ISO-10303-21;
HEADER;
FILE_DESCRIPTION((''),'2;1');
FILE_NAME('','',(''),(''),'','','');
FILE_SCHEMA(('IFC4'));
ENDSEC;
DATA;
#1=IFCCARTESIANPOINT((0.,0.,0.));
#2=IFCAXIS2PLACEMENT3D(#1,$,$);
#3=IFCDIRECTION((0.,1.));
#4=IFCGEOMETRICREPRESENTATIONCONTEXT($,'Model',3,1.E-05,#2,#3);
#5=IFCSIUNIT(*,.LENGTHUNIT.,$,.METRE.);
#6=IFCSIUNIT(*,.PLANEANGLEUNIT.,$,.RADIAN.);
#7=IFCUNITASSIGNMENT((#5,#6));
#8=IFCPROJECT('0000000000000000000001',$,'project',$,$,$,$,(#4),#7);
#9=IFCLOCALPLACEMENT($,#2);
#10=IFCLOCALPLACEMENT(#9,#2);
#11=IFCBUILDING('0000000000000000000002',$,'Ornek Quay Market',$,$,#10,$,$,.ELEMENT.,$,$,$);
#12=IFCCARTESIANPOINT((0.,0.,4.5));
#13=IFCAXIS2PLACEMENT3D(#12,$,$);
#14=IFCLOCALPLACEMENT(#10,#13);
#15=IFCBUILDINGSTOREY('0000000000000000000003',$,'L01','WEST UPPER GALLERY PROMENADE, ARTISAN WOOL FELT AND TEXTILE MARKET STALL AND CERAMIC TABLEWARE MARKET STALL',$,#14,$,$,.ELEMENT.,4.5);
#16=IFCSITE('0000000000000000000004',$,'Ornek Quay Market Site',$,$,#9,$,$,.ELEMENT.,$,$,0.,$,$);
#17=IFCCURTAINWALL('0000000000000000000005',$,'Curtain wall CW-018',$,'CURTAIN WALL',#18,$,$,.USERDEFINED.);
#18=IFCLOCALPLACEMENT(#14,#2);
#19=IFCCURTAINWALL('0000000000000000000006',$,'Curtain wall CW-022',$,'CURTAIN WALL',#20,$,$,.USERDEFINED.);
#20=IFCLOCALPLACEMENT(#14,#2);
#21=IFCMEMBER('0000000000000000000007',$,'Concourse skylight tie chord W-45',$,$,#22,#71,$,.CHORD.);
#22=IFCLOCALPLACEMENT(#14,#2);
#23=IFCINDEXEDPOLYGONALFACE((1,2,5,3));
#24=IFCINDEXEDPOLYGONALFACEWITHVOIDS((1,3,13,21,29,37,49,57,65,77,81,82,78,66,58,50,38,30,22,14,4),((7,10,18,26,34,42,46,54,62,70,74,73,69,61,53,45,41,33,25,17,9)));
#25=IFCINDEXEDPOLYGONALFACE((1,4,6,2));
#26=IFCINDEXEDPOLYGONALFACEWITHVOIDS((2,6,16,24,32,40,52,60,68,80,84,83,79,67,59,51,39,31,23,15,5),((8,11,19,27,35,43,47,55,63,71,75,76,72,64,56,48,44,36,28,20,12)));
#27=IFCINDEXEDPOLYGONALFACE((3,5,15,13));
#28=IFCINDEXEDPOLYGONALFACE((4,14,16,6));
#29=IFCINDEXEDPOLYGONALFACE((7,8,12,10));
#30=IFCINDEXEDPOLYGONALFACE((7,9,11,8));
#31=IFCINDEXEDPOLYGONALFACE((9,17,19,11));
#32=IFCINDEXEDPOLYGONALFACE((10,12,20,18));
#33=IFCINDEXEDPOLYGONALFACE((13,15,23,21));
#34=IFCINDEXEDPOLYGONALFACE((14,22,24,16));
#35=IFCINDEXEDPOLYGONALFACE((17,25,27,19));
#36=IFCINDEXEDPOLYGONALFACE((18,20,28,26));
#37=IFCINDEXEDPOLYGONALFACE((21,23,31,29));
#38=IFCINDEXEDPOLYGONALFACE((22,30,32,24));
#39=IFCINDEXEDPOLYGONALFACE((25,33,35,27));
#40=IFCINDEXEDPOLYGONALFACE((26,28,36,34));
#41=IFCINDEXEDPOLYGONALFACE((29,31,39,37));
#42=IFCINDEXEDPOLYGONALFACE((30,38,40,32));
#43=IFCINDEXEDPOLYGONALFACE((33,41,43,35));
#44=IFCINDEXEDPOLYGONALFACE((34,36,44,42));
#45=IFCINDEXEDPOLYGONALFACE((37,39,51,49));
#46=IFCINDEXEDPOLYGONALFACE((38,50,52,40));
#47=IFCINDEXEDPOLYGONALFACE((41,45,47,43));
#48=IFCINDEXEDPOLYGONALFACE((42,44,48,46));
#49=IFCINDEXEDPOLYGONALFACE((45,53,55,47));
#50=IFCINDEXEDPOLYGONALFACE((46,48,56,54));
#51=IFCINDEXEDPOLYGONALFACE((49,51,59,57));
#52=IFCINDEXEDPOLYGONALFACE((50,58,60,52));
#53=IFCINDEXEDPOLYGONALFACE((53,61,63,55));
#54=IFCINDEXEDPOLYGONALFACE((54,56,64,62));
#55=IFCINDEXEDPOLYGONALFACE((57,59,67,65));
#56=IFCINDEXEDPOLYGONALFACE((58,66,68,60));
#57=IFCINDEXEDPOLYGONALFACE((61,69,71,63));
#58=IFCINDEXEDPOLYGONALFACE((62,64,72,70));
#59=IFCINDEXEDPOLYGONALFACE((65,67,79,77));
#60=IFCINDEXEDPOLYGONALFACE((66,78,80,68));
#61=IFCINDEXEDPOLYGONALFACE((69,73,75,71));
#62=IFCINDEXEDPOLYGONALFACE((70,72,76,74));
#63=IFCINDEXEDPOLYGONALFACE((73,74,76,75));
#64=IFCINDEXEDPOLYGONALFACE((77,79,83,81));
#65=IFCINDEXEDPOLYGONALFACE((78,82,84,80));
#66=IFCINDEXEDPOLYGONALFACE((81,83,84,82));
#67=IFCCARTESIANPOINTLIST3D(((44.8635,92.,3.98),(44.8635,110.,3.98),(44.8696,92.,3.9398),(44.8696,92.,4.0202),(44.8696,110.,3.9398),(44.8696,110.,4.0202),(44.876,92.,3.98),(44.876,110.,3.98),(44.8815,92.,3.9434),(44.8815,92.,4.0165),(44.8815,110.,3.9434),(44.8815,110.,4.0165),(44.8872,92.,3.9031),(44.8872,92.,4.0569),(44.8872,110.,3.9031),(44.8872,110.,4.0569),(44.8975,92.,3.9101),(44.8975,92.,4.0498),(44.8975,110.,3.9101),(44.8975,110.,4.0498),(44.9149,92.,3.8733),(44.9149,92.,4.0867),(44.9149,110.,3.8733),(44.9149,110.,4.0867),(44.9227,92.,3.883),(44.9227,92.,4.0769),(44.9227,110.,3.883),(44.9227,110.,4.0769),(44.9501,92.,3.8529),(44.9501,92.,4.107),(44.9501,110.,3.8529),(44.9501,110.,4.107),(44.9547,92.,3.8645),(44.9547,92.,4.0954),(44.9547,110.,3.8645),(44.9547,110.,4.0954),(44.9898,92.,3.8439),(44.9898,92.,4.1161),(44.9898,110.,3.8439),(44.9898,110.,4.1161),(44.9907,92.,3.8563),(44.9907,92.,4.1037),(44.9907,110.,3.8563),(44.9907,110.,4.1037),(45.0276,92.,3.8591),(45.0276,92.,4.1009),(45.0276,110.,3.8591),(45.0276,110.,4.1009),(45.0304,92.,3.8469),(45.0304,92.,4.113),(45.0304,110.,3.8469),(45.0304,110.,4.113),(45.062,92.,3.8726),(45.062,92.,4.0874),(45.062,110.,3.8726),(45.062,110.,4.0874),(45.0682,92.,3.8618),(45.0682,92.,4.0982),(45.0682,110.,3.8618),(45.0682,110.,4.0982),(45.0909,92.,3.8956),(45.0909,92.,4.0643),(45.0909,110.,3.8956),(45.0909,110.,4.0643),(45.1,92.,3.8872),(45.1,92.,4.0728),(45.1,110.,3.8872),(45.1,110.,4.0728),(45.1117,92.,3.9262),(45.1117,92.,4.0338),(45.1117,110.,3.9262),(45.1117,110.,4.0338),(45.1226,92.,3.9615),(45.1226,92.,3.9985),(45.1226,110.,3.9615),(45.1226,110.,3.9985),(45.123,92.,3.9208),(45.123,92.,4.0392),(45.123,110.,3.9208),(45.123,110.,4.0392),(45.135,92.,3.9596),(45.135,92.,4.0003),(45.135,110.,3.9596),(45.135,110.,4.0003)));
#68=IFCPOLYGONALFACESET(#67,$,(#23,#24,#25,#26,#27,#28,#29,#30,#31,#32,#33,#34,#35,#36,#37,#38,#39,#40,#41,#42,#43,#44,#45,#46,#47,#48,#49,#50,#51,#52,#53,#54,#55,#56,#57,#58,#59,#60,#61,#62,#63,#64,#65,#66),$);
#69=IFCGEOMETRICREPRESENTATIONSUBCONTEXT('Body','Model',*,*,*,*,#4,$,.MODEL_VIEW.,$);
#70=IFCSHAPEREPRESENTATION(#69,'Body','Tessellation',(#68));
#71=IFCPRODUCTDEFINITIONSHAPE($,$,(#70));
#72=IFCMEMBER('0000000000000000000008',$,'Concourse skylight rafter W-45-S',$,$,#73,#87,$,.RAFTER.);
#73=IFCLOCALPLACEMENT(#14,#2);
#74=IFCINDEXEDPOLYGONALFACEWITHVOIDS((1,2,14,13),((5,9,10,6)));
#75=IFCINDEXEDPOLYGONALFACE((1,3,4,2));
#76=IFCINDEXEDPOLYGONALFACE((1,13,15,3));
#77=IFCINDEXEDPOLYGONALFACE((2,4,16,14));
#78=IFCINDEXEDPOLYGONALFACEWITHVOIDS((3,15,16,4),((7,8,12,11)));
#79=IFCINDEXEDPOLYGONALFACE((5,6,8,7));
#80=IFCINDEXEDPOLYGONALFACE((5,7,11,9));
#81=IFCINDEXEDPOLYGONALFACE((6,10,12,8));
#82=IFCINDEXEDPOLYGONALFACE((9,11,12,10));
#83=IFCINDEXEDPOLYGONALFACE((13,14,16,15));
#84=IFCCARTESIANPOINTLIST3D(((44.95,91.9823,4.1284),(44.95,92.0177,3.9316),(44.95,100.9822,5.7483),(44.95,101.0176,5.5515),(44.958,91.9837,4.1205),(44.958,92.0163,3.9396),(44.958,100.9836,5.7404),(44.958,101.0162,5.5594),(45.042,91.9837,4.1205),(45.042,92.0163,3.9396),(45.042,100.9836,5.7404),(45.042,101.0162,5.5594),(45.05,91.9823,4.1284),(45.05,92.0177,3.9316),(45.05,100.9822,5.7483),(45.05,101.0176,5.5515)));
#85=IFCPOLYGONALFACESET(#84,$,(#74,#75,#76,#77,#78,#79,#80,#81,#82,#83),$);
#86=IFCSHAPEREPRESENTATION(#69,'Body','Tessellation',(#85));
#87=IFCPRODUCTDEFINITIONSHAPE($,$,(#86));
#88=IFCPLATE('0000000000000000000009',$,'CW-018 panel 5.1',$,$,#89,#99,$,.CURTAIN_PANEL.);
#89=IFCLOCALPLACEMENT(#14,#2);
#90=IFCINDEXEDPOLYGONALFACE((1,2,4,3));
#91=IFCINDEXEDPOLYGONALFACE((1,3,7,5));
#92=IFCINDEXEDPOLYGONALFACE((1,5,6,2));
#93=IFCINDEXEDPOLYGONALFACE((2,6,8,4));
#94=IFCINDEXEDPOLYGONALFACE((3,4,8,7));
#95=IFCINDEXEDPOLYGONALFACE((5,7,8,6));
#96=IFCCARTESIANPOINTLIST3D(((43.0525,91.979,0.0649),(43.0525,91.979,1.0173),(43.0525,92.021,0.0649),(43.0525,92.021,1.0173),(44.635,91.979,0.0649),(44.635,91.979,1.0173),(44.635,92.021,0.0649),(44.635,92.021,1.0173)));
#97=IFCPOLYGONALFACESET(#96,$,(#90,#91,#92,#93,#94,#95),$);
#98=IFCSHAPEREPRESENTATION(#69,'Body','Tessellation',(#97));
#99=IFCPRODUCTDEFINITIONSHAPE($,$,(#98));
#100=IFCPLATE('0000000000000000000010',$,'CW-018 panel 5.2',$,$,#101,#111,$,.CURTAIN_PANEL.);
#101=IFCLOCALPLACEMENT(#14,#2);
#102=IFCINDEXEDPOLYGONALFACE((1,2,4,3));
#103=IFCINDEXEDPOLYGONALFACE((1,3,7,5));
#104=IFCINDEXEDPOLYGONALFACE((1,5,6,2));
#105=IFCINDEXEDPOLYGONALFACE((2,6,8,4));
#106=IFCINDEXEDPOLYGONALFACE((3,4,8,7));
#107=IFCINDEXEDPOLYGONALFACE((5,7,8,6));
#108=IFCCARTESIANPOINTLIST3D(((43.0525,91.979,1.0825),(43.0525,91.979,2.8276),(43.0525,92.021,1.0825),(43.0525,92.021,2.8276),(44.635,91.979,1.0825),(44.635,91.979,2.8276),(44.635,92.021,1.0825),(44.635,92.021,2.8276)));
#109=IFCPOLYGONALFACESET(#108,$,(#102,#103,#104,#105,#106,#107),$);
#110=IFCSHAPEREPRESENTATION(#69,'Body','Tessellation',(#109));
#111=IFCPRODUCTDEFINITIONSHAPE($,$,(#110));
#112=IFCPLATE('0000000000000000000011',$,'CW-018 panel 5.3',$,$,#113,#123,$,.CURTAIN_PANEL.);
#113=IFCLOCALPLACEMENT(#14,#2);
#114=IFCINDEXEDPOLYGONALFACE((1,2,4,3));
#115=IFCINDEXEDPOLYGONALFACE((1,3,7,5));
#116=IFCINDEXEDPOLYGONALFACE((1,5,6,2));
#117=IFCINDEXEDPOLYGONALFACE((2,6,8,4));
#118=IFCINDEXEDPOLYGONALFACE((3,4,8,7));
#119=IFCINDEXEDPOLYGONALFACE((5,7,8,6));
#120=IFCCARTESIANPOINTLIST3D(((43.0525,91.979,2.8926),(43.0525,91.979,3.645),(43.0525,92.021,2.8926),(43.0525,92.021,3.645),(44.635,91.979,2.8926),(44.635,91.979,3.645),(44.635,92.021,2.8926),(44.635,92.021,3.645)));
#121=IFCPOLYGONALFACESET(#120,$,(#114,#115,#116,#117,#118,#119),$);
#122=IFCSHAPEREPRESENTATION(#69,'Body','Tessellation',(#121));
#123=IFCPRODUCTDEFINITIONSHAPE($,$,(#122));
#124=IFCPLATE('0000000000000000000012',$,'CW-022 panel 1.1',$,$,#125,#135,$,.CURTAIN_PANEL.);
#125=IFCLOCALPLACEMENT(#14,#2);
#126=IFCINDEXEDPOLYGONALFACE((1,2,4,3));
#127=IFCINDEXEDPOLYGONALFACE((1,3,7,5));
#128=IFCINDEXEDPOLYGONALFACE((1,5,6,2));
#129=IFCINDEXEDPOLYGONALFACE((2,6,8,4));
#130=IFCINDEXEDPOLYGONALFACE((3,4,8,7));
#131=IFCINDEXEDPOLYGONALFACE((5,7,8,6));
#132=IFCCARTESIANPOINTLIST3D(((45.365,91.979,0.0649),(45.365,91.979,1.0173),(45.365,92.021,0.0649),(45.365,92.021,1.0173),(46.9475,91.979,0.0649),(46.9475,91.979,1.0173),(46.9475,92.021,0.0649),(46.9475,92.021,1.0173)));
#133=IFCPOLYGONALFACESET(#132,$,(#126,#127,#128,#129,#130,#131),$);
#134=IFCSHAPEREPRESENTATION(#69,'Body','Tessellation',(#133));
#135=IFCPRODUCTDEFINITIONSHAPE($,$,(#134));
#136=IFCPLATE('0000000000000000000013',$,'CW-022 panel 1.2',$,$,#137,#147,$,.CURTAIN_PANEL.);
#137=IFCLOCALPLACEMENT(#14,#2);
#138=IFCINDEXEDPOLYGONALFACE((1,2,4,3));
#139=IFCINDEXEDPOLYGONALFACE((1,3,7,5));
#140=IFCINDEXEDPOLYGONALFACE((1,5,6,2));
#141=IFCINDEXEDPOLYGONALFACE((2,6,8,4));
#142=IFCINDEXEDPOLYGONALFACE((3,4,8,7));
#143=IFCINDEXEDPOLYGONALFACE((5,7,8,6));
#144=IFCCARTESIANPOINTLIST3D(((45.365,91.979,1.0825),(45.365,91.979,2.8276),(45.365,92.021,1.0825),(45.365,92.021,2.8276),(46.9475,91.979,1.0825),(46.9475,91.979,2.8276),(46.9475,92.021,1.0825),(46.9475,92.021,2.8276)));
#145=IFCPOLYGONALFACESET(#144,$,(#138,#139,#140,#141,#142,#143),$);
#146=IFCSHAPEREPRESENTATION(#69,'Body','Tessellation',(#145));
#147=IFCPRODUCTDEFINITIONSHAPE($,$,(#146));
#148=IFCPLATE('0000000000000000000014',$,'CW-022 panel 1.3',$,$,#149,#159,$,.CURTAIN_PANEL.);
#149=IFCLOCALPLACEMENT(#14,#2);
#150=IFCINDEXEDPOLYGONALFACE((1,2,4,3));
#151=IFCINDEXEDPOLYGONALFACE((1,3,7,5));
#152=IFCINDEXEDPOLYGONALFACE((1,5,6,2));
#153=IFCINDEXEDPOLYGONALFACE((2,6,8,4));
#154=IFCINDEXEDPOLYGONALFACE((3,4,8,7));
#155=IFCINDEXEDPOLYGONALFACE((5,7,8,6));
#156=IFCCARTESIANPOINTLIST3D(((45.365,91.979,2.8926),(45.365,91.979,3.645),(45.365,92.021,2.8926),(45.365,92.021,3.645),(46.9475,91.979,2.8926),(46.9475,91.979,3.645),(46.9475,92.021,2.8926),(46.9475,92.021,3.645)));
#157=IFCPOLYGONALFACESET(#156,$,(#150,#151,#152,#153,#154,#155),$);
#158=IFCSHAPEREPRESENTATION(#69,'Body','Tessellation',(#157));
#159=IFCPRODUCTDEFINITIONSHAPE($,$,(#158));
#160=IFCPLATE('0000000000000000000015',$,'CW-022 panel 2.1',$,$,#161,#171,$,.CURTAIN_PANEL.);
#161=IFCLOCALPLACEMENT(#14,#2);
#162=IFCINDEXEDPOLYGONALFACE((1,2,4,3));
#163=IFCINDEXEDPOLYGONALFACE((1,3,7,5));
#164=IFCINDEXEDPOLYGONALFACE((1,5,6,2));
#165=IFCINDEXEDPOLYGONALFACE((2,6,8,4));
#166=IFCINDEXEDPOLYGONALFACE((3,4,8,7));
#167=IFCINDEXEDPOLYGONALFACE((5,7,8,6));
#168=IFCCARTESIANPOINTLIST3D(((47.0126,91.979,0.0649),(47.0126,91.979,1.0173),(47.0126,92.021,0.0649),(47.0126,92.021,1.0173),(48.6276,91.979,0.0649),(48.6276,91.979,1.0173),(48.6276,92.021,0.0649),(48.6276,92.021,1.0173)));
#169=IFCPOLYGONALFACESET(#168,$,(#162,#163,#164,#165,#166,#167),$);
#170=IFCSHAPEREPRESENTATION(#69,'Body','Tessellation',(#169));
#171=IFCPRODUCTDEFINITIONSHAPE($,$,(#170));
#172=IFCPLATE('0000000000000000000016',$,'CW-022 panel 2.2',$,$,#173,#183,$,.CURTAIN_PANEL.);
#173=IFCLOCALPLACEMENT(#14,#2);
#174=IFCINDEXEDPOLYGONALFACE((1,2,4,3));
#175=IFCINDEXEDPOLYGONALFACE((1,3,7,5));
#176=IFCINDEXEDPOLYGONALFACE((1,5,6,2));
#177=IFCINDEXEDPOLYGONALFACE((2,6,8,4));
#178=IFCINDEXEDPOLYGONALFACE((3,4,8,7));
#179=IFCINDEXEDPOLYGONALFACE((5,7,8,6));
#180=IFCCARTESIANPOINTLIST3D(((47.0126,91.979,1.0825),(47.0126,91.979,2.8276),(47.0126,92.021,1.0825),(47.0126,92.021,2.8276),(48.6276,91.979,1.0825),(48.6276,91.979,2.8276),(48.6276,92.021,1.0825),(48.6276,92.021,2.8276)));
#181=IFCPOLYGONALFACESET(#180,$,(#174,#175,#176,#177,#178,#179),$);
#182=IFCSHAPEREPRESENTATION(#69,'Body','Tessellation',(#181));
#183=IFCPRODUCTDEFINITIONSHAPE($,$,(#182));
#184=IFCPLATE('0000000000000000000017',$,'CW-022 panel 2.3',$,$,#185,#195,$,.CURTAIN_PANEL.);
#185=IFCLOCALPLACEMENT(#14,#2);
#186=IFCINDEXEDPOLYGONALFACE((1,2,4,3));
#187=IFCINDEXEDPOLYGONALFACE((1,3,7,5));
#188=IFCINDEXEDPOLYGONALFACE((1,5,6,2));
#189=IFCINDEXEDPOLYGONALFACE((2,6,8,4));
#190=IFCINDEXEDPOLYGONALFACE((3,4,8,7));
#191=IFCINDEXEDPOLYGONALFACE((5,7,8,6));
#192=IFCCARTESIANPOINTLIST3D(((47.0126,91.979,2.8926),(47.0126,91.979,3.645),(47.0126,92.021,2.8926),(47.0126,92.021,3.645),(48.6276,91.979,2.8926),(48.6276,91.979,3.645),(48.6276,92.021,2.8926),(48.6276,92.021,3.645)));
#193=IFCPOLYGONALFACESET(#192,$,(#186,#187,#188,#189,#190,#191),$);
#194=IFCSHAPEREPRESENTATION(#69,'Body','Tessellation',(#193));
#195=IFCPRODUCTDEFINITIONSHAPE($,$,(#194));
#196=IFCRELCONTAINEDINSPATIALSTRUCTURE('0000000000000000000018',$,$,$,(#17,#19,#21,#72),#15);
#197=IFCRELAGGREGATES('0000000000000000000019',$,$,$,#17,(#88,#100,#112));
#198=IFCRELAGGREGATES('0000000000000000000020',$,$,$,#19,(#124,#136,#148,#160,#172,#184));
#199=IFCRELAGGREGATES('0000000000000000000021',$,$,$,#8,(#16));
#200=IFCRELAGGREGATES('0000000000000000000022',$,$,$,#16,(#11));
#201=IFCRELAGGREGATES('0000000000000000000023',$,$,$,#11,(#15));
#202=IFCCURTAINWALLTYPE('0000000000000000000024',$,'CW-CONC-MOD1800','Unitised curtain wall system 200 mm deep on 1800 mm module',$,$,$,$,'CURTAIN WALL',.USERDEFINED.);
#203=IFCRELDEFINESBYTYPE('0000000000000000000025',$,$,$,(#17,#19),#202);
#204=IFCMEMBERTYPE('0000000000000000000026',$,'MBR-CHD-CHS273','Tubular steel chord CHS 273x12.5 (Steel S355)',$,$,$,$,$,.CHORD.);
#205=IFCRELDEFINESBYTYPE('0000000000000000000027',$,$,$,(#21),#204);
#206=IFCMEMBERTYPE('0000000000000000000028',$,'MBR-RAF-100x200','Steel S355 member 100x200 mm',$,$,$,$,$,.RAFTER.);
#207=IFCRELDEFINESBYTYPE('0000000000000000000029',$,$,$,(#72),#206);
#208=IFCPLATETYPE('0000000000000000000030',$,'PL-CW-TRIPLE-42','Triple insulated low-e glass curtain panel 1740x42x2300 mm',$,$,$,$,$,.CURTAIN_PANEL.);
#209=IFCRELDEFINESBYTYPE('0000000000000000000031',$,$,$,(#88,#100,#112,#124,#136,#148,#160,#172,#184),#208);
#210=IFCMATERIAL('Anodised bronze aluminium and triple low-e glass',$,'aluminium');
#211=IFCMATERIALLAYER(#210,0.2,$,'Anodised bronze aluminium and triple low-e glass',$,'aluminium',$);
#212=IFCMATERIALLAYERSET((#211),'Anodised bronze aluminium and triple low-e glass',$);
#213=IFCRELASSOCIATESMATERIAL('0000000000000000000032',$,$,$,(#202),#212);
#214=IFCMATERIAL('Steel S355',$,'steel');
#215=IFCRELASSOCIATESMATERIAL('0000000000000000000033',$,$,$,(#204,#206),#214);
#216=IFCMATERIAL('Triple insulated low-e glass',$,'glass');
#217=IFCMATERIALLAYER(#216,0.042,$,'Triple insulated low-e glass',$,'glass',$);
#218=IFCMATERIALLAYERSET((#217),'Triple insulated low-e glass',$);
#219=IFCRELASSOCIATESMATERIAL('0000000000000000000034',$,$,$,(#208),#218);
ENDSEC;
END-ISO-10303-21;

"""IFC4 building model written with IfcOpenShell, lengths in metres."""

from ifc_helpers import new_model, si_unit, direction, frame, origin, origin_2d, place, context, subcontext, project, spatial, rectangle, hollow_rectangle, hollow_circle, extrude, material, layer, layer_set, material_profile, profile_set, type_object, element, aggregate, save


model = new_model("IFC4")

# Units and contexts
model_context = context("Model", 3, precision=1e-05, world=origin(), true_north=direction((0.0, 1.0)))
body_context = subcontext(model_context, "Body", "Model", "MODEL_VIEW")
ifc_project = project(units=[si_unit("LENGTHUNIT", "METRE"), si_unit("PLANEANGLEUNIT", "RADIAN")], contexts=[model_context])

# Site, building, storey
site_placement = place(None, origin())
site = spatial("IfcSite", under=ifc_project, at=site_placement, Name="Ornek Quay Market Site", CompositionType="ELEMENT", RefElevation=0.0)
building_placement = place(site_placement, origin())
building = spatial("IfcBuilding", under=site, at=building_placement, Name="Ornek Quay Market", CompositionType="ELEMENT")
storey_placement = place(building_placement, frame((0.0, 0.0, 4.5)))
storey = spatial("IfcBuildingStorey", under=building, at=storey_placement, Name="L01", Description="WEST UPPER GALLERY PROMENADE, ARTISAN WOOL FELT AND TEXTILE MARKET STALL AND CERAMIC TABLEWARE MARKET STALL", CompositionType="ELEMENT", Elevation=4.5)

# Curtain walls
ifc_material_1 = material(Name="Anodised bronze aluminium and triple low-e glass", Category="aluminium")
ifc_layer_1 = layer(ifc_material_1, 0.2, Name="Anodised bronze aluminium and triple low-e glass", Category="aluminium")
ifc_layer_set_1 = layer_set([ifc_layer_1], Name="Anodised bronze aluminium and triple low-e glass")
curtain_wall_type = type_object("IfcCurtainWallType", Name="CW-CONC-MOD1800", Description="Unitised curtain wall system 200 mm deep on 1800 mm module", ElementType="CURTAIN WALL", PredefinedType="USERDEFINED", material=ifc_layer_set_1)
curtain_wall_1_placement = place(storey_placement, origin())
curtain_wall_1 = element("IfcCurtainWall", 1, at=curtain_wall_1_placement, inside=storey, type_object=curtain_wall_type, Name="Curtain wall CW-018", ObjectType="CURTAIN WALL", PredefinedType="USERDEFINED")
curtain_wall_2_placement = place(storey_placement, origin())
curtain_wall_2 = element("IfcCurtainWall", 2, at=curtain_wall_2_placement, inside=storey, type_object=curtain_wall_type, Name="Curtain wall CW-022", ObjectType="CURTAIN WALL", PredefinedType="USERDEFINED")

# Members
ifc_material_2 = material(Name="Steel S355", Category="steel")
ifc_material_profile_1 = material_profile(ifc_material_2, hollow_circle(Radius=0.1365, WallThickness=0.0125, at=origin_2d()), Name="CHS 273x12.5", Category="steel")
ifc_profile_set_1 = profile_set([ifc_material_profile_1], Name="Steel S355")
member_type_1 = type_object("IfcMemberType", Name="MBR-CHD-CHS273", Description="Tubular steel chord CHS 273x12.5 (Steel S355)", PredefinedType="CHORD", material=ifc_profile_set_1)
member_1_placement = place(storey_placement, frame((45.0, 92.0, 3.98), z_axis=(0.0, 1.0, 0.0), x_axis=(-1.0, 0.0, 0.0)))
element("IfcMember", 3, at=member_1_placement, inside=storey, type_object=member_type_1, Name="Concourse skylight tie chord W-45", PredefinedType="CHORD", context=body_context, shape_type="SweptSolid", body=[
    extrude(hollow_circle(Radius=0.1365, WallThickness=0.0125, at=origin_2d()), origin(), (0.0, 0.0, 1.0), 18.0),
])
ifc_material_profile_2 = material_profile(ifc_material_2, hollow_rectangle(XDim=0.1001, YDim=0.2, WallThickness=0.0081, at=origin_2d()), Name="MBR-RAF-100x200", Category="steel")
ifc_profile_set_2 = profile_set([ifc_material_profile_2], Name="Steel S355")
member_type_2 = type_object("IfcMemberType", Name="MBR-RAF-100x200", Description="Steel S355 member 100x200 mm", PredefinedType="RAFTER", material=ifc_profile_set_2)
member_2_placement = place(storey_placement, frame((45.0, 92.0, 4.03), z_axis=(0.0, 0.984186, 0.17714), x_axis=(-1.0, 0.0, 0.0)))
element("IfcMember", 4, at=member_2_placement, inside=storey, type_object=member_type_2, Name="Concourse skylight rafter W-45-S", PredefinedType="RAFTER", context=body_context, shape_type="SweptSolid", body=[
    extrude(hollow_rectangle(XDim=0.1001, YDim=0.2, WallThickness=0.0081, at=origin_2d()), origin(), (0.0, 0.0, 1.0), 9.1445),
])

# Plates
ifc_material_3 = material(Name="Triple insulated low-e glass", Category="glass")
ifc_layer_2 = layer(ifc_material_3, 0.042, Name="Triple insulated low-e glass", Category="glass")
ifc_layer_set_2 = layer_set([ifc_layer_2], Name="Triple insulated low-e glass")
plate_type_1 = type_object("IfcPlateType", Name="PL-CW-TRIPLE-42", Description="Triple insulated low-e glass curtain panel 1740x42x2300 mm", PredefinedType="CURTAIN_PANEL", material=ifc_layer_set_2)
plate_1_placement = place(storey_placement, frame((43.8438, 92.0, 0.0649), z_axis=(0.0, 0.0, 1.0), x_axis=(1.0, 0.0, 0.0)))
plate_1 = element("IfcPlate", 5, at=plate_1_placement, type_object=plate_type_1, Name="CW-018 panel 5.1", PredefinedType="CURTAIN_PANEL", context=body_context, shape_type="SweptSolid", body=[
    extrude(rectangle(XDim=1.5825, YDim=0.042, at=origin_2d()), origin(), (0.0, 0.0, 1.0), 0.9524),
])
plate_2_placement = place(storey_placement, frame((43.8438, 92.0, 1.0825), z_axis=(0.0, 0.0, 1.0), x_axis=(1.0, 0.0, 0.0)))
plate_2 = element("IfcPlate", 6, at=plate_2_placement, type_object=plate_type_1, Name="CW-018 panel 5.2", PredefinedType="CURTAIN_PANEL", context=body_context, shape_type="SweptSolid", body=[
    extrude(rectangle(XDim=1.5825, YDim=0.042, at=origin_2d()), origin(), (0.0, 0.0, 1.0), 1.7451),
])
plate_3_placement = place(storey_placement, frame((43.8438, 92.0, 2.8926), z_axis=(0.0, 0.0, 1.0), x_axis=(1.0, 0.0, 0.0)))
plate_3 = element("IfcPlate", 7, at=plate_3_placement, type_object=plate_type_1, Name="CW-018 panel 5.3", PredefinedType="CURTAIN_PANEL", context=body_context, shape_type="SweptSolid", body=[
    extrude(rectangle(XDim=1.5825, YDim=0.042, at=origin_2d()), origin(), (0.0, 0.0, 1.0), 0.7524),
])
aggregate(curtain_wall_1, [plate_1, plate_2, plate_3])
plate_4_placement = place(storey_placement, frame((46.1562, 92.0, 0.0649), z_axis=(0.0, 0.0, 1.0), x_axis=(1.0, 0.0, 0.0)))
plate_4 = element("IfcPlate", 8, at=plate_4_placement, type_object=plate_type_1, Name="CW-022 panel 1.1", PredefinedType="CURTAIN_PANEL", context=body_context, shape_type="SweptSolid", body=[
    extrude(rectangle(XDim=1.5825, YDim=0.042, at=origin_2d()), origin(), (0.0, 0.0, 1.0), 0.9524),
])
plate_5_placement = place(storey_placement, frame((46.1562, 92.0, 1.0825), z_axis=(0.0, 0.0, 1.0), x_axis=(1.0, 0.0, 0.0)))
plate_5 = element("IfcPlate", 9, at=plate_5_placement, type_object=plate_type_1, Name="CW-022 panel 1.2", PredefinedType="CURTAIN_PANEL", context=body_context, shape_type="SweptSolid", body=[
    extrude(rectangle(XDim=1.5825, YDim=0.042, at=origin_2d()), origin(), (0.0, 0.0, 1.0), 1.7451),
])
plate_6_placement = place(storey_placement, frame((46.1562, 92.0, 2.8926), z_axis=(0.0, 0.0, 1.0), x_axis=(1.0, 0.0, 0.0)))
plate_6 = element("IfcPlate", 10, at=plate_6_placement, type_object=plate_type_1, Name="CW-022 panel 1.3", PredefinedType="CURTAIN_PANEL", context=body_context, shape_type="SweptSolid", body=[
    extrude(rectangle(XDim=1.5825, YDim=0.042, at=origin_2d()), origin(), (0.0, 0.0, 1.0), 0.7524),
])
plate_7_placement = place(storey_placement, frame((47.8201, 92.0, 0.0649), z_axis=(0.0, 0.0, 1.0), x_axis=(1.0, 0.0, 0.0)))
plate_7 = element("IfcPlate", 11, at=plate_7_placement, type_object=plate_type_1, Name="CW-022 panel 2.1", PredefinedType="CURTAIN_PANEL", context=body_context, shape_type="SweptSolid", body=[
    extrude(rectangle(XDim=1.615, YDim=0.042, at=origin_2d()), origin(), (0.0, 0.0, 1.0), 0.9524),
])
plate_8_placement = place(storey_placement, frame((47.8201, 92.0, 1.0825), z_axis=(0.0, 0.0, 1.0), x_axis=(1.0, 0.0, 0.0)))
plate_8 = element("IfcPlate", 12, at=plate_8_placement, type_object=plate_type_1, Name="CW-022 panel 2.2", PredefinedType="CURTAIN_PANEL", context=body_context, shape_type="SweptSolid", body=[
    extrude(rectangle(XDim=1.615, YDim=0.042, at=origin_2d()), origin(), (0.0, 0.0, 1.0), 1.7451),
])
plate_9_placement = place(storey_placement, frame((47.8201, 92.0, 2.8926), z_axis=(0.0, 0.0, 1.0), x_axis=(1.0, 0.0, 0.0)))
plate_9 = element("IfcPlate", 13, at=plate_9_placement, type_object=plate_type_1, Name="CW-022 panel 2.3", PredefinedType="CURTAIN_PANEL", context=body_context, shape_type="SweptSolid", body=[
    extrude(rectangle(XDim=1.615, YDim=0.042, at=origin_2d()), origin(), (0.0, 0.0, 1.0), 0.7524),
])
aggregate(curtain_wall_2, [plate_4, plate_5, plate_6, plate_7, plate_8, plate_9])

save(model, "model.ifc")
